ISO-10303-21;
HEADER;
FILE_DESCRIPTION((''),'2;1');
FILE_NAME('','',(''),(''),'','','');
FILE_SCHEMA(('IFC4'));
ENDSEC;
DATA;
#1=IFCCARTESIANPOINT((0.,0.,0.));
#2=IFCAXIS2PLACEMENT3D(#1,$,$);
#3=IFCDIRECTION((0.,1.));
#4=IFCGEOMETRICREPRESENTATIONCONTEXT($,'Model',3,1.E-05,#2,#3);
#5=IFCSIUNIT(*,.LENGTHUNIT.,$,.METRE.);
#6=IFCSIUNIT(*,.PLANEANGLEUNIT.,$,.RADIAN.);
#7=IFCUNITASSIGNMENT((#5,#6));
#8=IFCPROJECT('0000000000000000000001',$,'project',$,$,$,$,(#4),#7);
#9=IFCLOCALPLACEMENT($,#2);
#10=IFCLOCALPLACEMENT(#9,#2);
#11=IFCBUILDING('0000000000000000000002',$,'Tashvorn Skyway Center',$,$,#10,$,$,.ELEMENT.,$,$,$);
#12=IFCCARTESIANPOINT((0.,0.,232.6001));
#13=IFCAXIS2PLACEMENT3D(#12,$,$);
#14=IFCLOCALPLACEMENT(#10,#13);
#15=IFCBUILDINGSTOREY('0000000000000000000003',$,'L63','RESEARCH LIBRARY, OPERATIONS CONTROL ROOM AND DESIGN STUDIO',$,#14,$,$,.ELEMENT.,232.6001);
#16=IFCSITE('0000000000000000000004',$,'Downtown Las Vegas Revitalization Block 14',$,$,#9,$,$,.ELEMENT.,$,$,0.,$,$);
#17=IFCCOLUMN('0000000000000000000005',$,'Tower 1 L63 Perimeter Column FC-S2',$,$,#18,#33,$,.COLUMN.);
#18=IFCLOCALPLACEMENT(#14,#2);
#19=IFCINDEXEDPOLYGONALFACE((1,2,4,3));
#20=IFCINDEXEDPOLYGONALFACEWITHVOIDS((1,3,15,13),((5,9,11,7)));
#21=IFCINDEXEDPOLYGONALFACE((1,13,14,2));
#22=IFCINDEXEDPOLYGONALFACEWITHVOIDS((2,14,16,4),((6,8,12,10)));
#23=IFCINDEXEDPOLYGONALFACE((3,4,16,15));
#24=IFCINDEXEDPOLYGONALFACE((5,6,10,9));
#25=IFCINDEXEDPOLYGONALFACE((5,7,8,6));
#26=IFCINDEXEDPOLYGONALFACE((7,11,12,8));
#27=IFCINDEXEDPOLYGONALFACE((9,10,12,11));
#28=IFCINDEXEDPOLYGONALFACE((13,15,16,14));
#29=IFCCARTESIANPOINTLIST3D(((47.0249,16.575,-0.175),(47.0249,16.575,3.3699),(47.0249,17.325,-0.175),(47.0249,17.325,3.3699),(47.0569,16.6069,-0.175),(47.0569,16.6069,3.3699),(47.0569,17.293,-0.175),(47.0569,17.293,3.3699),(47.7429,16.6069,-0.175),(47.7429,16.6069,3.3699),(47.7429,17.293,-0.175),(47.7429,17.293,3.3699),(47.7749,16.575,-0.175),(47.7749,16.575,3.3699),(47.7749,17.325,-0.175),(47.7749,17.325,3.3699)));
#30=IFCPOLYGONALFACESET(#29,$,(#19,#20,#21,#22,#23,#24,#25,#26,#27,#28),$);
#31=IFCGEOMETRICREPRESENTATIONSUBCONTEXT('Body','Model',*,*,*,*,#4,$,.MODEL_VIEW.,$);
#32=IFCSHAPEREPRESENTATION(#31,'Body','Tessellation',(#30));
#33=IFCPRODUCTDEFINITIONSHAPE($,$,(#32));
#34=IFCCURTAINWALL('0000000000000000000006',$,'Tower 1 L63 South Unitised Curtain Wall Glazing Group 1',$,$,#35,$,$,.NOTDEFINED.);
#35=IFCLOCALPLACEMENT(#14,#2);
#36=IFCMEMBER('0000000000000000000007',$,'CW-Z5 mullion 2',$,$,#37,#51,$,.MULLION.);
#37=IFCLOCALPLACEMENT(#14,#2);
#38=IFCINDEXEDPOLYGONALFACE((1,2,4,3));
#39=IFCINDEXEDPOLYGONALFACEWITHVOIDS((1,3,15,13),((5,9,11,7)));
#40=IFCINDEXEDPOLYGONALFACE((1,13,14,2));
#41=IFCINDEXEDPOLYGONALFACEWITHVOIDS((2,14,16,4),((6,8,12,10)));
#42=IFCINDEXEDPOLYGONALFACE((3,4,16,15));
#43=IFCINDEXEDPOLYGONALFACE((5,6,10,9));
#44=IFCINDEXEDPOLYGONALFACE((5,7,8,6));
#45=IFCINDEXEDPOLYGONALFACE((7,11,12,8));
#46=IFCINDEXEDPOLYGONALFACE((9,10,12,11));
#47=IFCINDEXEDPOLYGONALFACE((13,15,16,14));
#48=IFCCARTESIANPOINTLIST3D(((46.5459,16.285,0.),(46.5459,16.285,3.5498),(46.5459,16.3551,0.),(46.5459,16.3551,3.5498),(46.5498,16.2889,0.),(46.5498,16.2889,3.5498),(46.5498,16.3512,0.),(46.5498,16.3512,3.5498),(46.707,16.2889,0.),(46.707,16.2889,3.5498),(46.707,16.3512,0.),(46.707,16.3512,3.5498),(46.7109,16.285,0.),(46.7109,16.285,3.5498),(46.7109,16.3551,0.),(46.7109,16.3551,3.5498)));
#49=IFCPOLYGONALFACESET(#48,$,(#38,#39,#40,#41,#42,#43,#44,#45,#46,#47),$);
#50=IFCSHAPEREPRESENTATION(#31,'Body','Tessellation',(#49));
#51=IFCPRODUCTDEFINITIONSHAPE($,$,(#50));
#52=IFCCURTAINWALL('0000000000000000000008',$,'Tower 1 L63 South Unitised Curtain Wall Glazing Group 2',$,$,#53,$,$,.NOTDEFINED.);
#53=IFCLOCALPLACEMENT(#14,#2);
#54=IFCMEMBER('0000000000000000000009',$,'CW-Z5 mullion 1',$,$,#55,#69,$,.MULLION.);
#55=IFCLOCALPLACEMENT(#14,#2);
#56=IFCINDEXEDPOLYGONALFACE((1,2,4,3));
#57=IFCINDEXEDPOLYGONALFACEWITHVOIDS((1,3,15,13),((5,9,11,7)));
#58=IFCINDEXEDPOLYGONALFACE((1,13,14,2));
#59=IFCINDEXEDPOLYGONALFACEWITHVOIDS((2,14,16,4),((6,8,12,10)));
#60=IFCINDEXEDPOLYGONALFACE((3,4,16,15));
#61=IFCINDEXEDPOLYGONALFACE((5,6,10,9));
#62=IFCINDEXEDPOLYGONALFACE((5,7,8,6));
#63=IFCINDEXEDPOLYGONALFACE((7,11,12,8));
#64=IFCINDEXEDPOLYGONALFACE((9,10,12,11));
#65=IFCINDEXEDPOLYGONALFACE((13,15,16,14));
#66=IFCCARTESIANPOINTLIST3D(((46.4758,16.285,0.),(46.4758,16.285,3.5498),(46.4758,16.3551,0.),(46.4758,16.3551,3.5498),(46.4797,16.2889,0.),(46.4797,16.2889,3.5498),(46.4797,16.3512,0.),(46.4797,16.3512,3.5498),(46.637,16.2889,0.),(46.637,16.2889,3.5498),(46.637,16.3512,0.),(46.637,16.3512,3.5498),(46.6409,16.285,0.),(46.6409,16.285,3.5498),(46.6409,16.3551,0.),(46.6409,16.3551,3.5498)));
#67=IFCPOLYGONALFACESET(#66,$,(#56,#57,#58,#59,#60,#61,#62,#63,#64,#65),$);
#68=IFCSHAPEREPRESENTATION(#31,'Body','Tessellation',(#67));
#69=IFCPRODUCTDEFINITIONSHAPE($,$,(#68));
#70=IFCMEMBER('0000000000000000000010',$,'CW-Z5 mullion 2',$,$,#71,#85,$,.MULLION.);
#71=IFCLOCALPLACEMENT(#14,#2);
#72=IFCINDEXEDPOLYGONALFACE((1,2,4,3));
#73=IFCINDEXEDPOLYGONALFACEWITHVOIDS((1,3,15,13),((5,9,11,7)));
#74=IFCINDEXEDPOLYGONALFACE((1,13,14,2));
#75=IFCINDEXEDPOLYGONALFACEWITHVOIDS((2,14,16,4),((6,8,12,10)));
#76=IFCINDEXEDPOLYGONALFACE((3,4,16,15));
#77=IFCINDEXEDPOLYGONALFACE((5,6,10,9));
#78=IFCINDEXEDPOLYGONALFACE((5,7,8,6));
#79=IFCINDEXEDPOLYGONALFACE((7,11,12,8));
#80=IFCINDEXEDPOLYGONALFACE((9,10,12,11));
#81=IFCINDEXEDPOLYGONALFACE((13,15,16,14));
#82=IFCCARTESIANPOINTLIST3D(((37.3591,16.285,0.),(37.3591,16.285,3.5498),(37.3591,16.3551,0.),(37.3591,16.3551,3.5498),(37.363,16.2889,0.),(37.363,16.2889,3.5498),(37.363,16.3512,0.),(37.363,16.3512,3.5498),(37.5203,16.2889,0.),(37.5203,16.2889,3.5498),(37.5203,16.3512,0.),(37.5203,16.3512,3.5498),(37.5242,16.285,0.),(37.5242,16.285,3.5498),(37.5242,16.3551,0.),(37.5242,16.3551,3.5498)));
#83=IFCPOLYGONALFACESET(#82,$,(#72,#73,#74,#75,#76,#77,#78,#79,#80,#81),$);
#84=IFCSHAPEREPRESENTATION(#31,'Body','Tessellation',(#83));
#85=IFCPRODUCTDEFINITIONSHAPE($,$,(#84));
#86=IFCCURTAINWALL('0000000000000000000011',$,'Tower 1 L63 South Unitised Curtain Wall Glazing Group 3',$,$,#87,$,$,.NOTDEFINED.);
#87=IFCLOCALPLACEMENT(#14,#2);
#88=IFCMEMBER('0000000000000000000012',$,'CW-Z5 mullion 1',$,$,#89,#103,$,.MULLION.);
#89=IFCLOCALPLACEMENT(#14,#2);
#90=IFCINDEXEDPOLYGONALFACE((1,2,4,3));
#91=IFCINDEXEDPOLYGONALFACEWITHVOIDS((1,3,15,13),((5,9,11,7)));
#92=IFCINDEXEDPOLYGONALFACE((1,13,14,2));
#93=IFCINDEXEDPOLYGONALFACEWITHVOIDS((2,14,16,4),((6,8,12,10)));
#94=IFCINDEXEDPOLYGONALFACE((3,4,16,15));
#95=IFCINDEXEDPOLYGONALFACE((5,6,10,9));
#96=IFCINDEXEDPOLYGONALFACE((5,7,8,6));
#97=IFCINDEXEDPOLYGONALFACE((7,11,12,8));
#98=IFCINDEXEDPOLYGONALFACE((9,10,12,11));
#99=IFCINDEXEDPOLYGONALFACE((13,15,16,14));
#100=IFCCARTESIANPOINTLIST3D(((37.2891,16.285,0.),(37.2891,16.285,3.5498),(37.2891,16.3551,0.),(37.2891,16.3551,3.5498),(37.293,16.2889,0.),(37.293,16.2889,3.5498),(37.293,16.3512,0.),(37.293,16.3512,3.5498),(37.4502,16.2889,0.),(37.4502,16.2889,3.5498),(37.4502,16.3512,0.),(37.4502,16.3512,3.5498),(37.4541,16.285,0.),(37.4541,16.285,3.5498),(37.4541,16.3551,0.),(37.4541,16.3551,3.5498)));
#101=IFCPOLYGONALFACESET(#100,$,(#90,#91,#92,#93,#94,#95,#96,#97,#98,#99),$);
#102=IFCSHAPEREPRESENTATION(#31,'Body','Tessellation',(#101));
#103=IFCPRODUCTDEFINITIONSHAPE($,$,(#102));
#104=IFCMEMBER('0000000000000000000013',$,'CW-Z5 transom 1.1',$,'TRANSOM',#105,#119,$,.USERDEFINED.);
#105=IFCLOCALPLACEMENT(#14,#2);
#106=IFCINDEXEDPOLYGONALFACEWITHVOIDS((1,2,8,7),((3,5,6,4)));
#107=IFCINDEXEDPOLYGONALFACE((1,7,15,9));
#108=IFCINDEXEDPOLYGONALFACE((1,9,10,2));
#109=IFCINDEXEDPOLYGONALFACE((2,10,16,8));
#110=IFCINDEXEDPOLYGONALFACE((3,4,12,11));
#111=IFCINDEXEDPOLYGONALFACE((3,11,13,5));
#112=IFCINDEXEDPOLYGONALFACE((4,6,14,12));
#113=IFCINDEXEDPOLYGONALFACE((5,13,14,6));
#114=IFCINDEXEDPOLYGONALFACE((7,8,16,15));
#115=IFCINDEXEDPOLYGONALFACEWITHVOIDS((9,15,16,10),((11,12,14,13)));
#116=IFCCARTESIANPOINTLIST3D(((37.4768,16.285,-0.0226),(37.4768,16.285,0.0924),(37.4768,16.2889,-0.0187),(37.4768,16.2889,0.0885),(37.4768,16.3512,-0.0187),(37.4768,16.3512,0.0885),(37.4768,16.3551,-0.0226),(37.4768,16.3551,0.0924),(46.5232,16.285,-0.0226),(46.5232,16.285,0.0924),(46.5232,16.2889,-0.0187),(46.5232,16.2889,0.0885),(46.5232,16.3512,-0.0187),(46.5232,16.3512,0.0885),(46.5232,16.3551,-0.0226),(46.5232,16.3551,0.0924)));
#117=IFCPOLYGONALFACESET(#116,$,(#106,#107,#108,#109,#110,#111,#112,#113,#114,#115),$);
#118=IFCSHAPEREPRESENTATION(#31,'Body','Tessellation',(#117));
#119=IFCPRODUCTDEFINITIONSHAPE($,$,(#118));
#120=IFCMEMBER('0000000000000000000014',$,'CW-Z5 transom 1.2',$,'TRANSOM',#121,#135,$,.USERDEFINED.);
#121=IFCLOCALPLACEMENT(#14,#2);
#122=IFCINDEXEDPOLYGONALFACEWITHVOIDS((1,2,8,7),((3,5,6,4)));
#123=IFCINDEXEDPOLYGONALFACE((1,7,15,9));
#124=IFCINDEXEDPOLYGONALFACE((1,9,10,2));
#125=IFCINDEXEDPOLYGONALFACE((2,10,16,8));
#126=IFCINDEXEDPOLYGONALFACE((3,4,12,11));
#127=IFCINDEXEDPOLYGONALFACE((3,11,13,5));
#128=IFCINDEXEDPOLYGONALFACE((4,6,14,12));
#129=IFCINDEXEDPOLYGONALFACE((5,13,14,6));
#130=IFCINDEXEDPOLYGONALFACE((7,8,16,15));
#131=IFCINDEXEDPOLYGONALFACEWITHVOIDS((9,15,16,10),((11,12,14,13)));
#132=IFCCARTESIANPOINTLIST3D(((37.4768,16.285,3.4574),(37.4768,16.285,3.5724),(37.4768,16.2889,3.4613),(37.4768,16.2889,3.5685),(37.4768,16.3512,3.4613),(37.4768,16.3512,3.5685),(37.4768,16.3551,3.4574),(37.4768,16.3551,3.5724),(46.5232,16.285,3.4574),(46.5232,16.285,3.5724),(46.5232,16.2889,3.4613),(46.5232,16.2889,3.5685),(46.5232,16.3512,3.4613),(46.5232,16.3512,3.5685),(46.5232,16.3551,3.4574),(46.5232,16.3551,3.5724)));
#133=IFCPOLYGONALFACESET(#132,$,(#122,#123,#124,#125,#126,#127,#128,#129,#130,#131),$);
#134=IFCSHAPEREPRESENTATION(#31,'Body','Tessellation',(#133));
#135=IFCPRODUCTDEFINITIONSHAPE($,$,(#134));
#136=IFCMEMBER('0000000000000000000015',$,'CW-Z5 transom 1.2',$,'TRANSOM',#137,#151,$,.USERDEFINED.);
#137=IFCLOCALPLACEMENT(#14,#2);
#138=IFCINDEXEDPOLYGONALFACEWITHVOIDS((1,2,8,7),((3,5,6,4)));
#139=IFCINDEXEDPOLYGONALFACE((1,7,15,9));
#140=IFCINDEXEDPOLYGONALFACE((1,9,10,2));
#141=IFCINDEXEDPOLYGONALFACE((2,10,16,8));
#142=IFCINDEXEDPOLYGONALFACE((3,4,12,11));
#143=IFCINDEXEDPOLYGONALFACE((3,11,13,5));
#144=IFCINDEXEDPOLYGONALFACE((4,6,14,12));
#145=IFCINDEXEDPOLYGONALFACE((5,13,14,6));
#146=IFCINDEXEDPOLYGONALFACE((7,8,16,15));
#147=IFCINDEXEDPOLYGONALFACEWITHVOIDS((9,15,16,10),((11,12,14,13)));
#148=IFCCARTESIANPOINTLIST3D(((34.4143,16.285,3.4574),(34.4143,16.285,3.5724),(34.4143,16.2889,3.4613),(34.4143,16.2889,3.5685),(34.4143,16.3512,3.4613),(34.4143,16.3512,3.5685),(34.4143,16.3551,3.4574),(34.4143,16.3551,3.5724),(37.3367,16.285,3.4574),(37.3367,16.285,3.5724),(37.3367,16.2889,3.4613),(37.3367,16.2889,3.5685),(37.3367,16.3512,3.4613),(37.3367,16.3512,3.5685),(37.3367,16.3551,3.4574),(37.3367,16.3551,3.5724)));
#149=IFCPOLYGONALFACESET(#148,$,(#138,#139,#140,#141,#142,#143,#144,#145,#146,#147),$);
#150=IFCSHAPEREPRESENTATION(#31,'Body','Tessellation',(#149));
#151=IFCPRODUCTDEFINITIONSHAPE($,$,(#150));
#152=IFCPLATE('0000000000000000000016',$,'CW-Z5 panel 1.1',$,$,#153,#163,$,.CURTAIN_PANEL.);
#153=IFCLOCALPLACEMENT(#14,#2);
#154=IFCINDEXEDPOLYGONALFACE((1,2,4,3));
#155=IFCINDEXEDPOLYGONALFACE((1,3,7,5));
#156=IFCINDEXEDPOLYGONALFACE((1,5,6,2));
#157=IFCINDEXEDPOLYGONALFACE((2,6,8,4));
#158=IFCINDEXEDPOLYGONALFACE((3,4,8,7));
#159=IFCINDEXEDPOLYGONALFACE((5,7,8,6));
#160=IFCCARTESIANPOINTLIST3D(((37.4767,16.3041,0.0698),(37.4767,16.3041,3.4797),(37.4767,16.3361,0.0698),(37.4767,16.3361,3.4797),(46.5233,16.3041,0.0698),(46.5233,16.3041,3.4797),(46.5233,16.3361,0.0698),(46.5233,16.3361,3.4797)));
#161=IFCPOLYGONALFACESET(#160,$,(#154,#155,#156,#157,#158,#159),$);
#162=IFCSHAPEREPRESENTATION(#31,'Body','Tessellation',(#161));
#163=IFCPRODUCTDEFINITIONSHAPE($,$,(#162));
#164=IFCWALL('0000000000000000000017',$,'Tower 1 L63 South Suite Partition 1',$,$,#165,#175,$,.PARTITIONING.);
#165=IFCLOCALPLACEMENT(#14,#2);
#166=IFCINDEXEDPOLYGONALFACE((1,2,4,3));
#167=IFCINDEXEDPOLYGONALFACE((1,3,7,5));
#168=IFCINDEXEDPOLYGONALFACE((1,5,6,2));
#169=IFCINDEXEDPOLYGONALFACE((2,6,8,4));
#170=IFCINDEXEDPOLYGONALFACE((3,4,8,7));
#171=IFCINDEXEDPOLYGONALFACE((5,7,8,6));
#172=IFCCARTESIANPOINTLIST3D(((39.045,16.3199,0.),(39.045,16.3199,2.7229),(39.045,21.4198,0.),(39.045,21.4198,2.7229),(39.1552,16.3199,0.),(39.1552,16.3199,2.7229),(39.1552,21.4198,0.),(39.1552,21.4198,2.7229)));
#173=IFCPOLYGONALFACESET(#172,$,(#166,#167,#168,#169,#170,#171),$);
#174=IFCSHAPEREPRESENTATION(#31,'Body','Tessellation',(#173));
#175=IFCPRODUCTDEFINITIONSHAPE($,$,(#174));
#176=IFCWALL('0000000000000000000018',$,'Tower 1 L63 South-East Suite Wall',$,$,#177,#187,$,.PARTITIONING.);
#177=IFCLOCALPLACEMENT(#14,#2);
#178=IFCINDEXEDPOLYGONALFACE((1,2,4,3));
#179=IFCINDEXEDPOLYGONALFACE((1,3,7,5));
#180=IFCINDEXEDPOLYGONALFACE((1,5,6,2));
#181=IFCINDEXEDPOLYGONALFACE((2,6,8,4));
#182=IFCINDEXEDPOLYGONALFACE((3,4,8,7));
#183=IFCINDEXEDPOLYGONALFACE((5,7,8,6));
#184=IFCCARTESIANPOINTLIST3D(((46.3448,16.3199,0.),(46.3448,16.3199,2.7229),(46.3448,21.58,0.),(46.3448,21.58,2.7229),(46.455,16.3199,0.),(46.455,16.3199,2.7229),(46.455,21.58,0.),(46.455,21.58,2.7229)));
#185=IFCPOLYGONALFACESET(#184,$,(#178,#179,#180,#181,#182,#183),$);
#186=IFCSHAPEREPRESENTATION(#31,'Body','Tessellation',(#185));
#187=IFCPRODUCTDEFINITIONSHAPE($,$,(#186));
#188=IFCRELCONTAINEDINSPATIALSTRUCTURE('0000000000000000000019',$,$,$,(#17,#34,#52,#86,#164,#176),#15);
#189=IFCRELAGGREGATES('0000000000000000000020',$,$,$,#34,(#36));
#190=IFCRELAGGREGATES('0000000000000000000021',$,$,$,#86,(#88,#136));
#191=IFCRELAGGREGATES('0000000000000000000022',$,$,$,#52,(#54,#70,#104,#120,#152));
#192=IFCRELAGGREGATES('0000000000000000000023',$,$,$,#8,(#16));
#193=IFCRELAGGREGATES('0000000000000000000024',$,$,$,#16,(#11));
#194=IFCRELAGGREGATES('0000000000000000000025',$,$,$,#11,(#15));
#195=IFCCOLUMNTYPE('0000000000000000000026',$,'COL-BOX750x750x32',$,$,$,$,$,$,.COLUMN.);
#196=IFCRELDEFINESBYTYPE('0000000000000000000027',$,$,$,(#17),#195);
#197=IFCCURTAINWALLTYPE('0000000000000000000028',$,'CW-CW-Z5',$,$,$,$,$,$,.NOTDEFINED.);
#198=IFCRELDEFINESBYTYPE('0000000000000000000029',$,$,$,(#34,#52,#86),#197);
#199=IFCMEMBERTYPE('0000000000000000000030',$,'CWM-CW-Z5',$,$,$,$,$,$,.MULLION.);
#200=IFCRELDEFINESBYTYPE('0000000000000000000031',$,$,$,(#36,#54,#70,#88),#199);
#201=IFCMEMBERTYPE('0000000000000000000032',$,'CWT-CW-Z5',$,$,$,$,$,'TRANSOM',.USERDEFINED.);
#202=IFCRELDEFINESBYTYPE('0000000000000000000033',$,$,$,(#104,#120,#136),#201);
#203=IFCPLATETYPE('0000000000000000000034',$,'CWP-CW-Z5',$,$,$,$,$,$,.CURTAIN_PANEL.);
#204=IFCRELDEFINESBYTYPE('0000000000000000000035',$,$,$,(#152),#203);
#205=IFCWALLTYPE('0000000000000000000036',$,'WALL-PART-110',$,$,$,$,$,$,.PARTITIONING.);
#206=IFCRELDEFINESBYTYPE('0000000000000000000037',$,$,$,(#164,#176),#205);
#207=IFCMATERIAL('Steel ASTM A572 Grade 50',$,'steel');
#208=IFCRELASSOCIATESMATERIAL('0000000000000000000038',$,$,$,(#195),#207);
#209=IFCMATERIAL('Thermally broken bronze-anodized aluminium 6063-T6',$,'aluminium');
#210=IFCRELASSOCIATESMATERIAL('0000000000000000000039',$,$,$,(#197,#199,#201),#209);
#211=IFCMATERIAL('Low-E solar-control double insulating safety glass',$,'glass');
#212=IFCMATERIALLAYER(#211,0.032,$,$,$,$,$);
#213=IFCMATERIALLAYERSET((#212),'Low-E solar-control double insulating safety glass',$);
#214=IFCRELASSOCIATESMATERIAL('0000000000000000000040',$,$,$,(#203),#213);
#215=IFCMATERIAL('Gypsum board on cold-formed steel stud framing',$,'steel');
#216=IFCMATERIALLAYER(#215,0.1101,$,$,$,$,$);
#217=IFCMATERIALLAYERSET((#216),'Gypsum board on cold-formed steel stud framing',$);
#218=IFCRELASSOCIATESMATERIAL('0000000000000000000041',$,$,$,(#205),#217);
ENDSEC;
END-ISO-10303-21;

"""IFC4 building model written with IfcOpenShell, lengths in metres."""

from ifc_helpers import new_model, si_unit, direction, frame, frame_2d, origin, origin_2d, place, context, subcontext, project, spatial, rectangle, hollow_rectangle, extrude, material, layer, layer_set, material_profile, profile_set, type_object, element, aggregate, save


model = new_model("IFC4")

# Units and contexts
model_context = context("Model", 3, precision=1e-05, world=origin(), true_north=direction((0.0, 1.0)))
body_context = subcontext(model_context, "Body", "Model", "MODEL_VIEW")
ifc_project = project(units=[si_unit("LENGTHUNIT", "METRE"), si_unit("PLANEANGLEUNIT", "RADIAN")], contexts=[model_context])

# Site, building, storey
site_placement = place(None, origin())
site = spatial("IfcSite", under=ifc_project, at=site_placement, Name="Downtown Las Vegas Revitalization Block 14", CompositionType="ELEMENT", RefElevation=0.0)
building_placement = place(site_placement, origin())
building = spatial("IfcBuilding", under=site, at=building_placement, Name="Tashvorn Skyway Center", CompositionType="ELEMENT")
storey_placement = place(building_placement, frame((0.0, 0.0, 232.6001)))
storey = spatial("IfcBuildingStorey", under=building, at=storey_placement, Name="L63", Description="RESEARCH LIBRARY, OPERATIONS CONTROL ROOM AND DESIGN STUDIO", CompositionType="ELEMENT", Elevation=232.6001)

# Column
ifc_material_1 = material(Name="Steel ASTM A572 Grade 50", Category="steel")
ifc_material_profile_1 = material_profile(ifc_material_1, hollow_rectangle(XDim=0.75, YDim=0.75, WallThickness=0.032, at=origin_2d()), Name="BOX750x750x32")
ifc_profile_set_1 = profile_set([ifc_material_profile_1], Name="Steel ASTM A572 Grade 50")
column_type = type_object("IfcColumnType", Name="COL-BOX750x750x32", PredefinedType="COLUMN", material=ifc_profile_set_1)
column_placement = place(storey_placement, frame((47.3999, 16.95, -0.175), z_axis=(0.0, 0.0, 1.0), x_axis=(1.0, 0.0, 0.0)))
element("IfcColumn", 1, at=column_placement, inside=storey, type_object=column_type, Name="Tower 1 L63 Perimeter Column FC-S2", PredefinedType="COLUMN", context=body_context, shape_type="SweptSolid", body=[
    extrude(hollow_rectangle(XDim=0.75, YDim=0.75, WallThickness=0.032, at=origin_2d()), origin(), (0.0, 0.0, 1.0), 3.5449),
])

# Curtain wall, member
ifc_material_2 = material(Name="Thermally broken bronze-anodized aluminium 6063-T6", Category="aluminium")
curtain_wall_type = type_object("IfcCurtainWallType", Name="CW-CW-Z5", PredefinedType="NOTDEFINED", material=ifc_material_2)
curtain_wall_1_placement = place(storey_placement, origin())
curtain_wall_1 = element("IfcCurtainWall", 2, at=curtain_wall_1_placement, inside=storey, type_object=curtain_wall_type, Name="Tower 1 L63 South Unitised Curtain Wall Glazing Group 1", PredefinedType="NOTDEFINED")
ifc_material_profile_2 = material_profile(ifc_material_2, hollow_rectangle(XDim=0.0701, YDim=0.165, WallThickness=0.0039, at=origin_2d()), Name="ALU-MULL-70x165")
ifc_profile_set_2 = profile_set([ifc_material_profile_2], Name="Thermally broken bronze-anodized aluminium 6063-T6")
member_type_1 = type_object("IfcMemberType", Name="CWM-CW-Z5", PredefinedType="MULLION", material=ifc_profile_set_2)
member_1_placement = place(storey_placement, frame((46.6284, 16.3201, 0.0), z_axis=(0.0, 0.0, 1.0), x_axis=(0.0, -1.0, 0.0)))
member_1 = element("IfcMember", 3, at=member_1_placement, type_object=member_type_1, Name="CW-Z5 mullion 2", PredefinedType="MULLION", context=body_context, shape_type="SweptSolid", body=[
    extrude(hollow_rectangle(XDim=0.0701, YDim=0.165, WallThickness=0.0039, at=origin_2d()), origin(), (0.0, 0.0, 1.0), 3.5498),
])
aggregate(curtain_wall_1, [member_1])

# Curtain wall, members
curtain_wall_2_placement = place(storey_placement, origin())
curtain_wall_2 = element("IfcCurtainWall", 4, at=curtain_wall_2_placement, inside=storey, type_object=curtain_wall_type, Name="Tower 1 L63 South Unitised Curtain Wall Glazing Group 2", PredefinedType="NOTDEFINED")
member_2_placement = place(storey_placement, frame((46.5583, 16.3201, 0.0), z_axis=(0.0, 0.0, 1.0), x_axis=(0.0, -1.0, 0.0)))
member_2 = element("IfcMember", 5, at=member_2_placement, type_object=member_type_1, Name="CW-Z5 mullion 1", PredefinedType="MULLION", context=body_context, shape_type="SweptSolid", body=[
    extrude(hollow_rectangle(XDim=0.0701, YDim=0.165, WallThickness=0.0039, at=origin_2d()), origin(), (0.0, 0.0, 1.0), 3.5498),
])
member_3_placement = place(storey_placement, frame((37.4417, 16.3201, 0.0), z_axis=(0.0, 0.0, 1.0), x_axis=(0.0, -1.0, 0.0)))
member_3 = element("IfcMember", 6, at=member_3_placement, type_object=member_type_1, Name="CW-Z5 mullion 2", PredefinedType="MULLION", context=body_context, shape_type="SweptSolid", body=[
    extrude(hollow_rectangle(XDim=0.0701, YDim=0.165, WallThickness=0.0039, at=origin_2d()), origin(), (0.0, 0.0, 1.0), 3.5498),
])

# Curtain wall, member
curtain_wall_3_placement = place(storey_placement, origin())
curtain_wall_3 = element("IfcCurtainWall", 7, at=curtain_wall_3_placement, inside=storey, type_object=curtain_wall_type, Name="Tower 1 L63 South Unitised Curtain Wall Glazing Group 3", PredefinedType="NOTDEFINED")
member_4_placement = place(storey_placement, frame((37.3716, 16.3201, 0.0), z_axis=(0.0, 0.0, 1.0), x_axis=(0.0, -1.0, 0.0)))
member_4 = element("IfcMember", 8, at=member_4_placement, type_object=member_type_1, Name="CW-Z5 mullion 1", PredefinedType="MULLION", context=body_context, shape_type="SweptSolid", body=[
    extrude(hollow_rectangle(XDim=0.0701, YDim=0.165, WallThickness=0.0039, at=origin_2d()), origin(), (0.0, 0.0, 1.0), 3.5498),
])

# Members
ifc_material_profile_3 = material_profile(ifc_material_2, hollow_rectangle(XDim=0.0701, YDim=0.115, WallThickness=0.0039, at=origin_2d()), Name="ALU-TRAN-70x115")
ifc_profile_set_3 = profile_set([ifc_material_profile_3], Name="Thermally broken bronze-anodized aluminium 6063-T6")
member_type_2 = type_object("IfcMemberType", Name="CWT-CW-Z5", ElementType="TRANSOM", PredefinedType="USERDEFINED", material=ifc_profile_set_3)
member_5_placement = place(storey_placement, frame((46.5232, 16.3201, 0.0349), z_axis=(-1.0, 0.0, 0.0), x_axis=(0.0, -1.0, 0.0)))
member_5 = element("IfcMember", 9, at=member_5_placement, type_object=member_type_2, Name="CW-Z5 transom 1.1", ObjectType="TRANSOM", PredefinedType="USERDEFINED", context=body_context, shape_type="SweptSolid", body=[
    extrude(hollow_rectangle(XDim=0.0701, YDim=0.115, WallThickness=0.0039, at=origin_2d()), origin(), (0.0, 0.0, 1.0), 9.0464),
])
member_6_placement = place(storey_placement, frame((46.5232, 16.3201, 3.5149), z_axis=(-1.0, 0.0, 0.0), x_axis=(0.0, -1.0, 0.0)))
member_6 = element("IfcMember", 10, at=member_6_placement, type_object=member_type_2, Name="CW-Z5 transom 1.2", ObjectType="TRANSOM", PredefinedType="USERDEFINED", context=body_context, shape_type="SweptSolid", body=[
    extrude(hollow_rectangle(XDim=0.0701, YDim=0.115, WallThickness=0.0039, at=origin_2d()), origin(), (0.0, 0.0, 1.0), 9.0464),
])
member_7_placement = place(storey_placement, frame((37.3367, 16.3201, 3.5149), z_axis=(-1.0, 0.0, 0.0), x_axis=(0.0, -1.0, 0.0)))
member_7 = element("IfcMember", 11, at=member_7_placement, type_object=member_type_2, Name="CW-Z5 transom 1.2", ObjectType="TRANSOM", PredefinedType="USERDEFINED", context=body_context, shape_type="SweptSolid", body=[
    extrude(hollow_rectangle(XDim=0.0701, YDim=0.115, WallThickness=0.0039, at=origin_2d()), origin(), (0.0, 0.0, 1.0), 2.9224),
])
aggregate(curtain_wall_3, [member_4, member_7])

# Plate
ifc_material_3 = material(Name="Low-E solar-control double insulating safety glass", Category="glass")
ifc_layer_1 = layer(ifc_material_3, 0.032)
ifc_layer_set_1 = layer_set([ifc_layer_1], Name="Low-E solar-control double insulating safety glass")
plate_type = type_object("IfcPlateType", Name="CWP-CW-Z5", PredefinedType="CURTAIN_PANEL", material=ifc_layer_set_1)
plate_placement = place(storey_placement, frame((42.0, 16.3201, 0.0698), z_axis=(0.0, 0.0, 1.0), x_axis=(-1.0, 0.0, 0.0)))
plate = element("IfcPlate", 12, at=plate_placement, type_object=plate_type, Name="CW-Z5 panel 1.1", PredefinedType="CURTAIN_PANEL", context=body_context, shape_type="SweptSolid", body=[
    extrude(rectangle(XDim=9.0466, YDim=0.032, at=origin_2d()), origin(), (0.0, 0.0, 1.0), 3.4099),
])
aggregate(curtain_wall_2, [member_2, member_3, member_5, member_6, plate])

# Walls
ifc_material_4 = material(Name="Gypsum board on cold-formed steel stud framing", Category="steel")
ifc_layer_2 = layer(ifc_material_4, 0.1101)
ifc_layer_set_2 = layer_set([ifc_layer_2], Name="Gypsum board on cold-formed steel stud framing")
wall_type_1 = type_object("IfcWallType", Name="WALL-PART-110", PredefinedType="PARTITIONING", material=ifc_layer_set_2)
wall_1_placement = place(storey_placement, frame((39.1001, 16.3201, 0.0), z_axis=(0.0, 0.0, 1.0), x_axis=(0.0, 1.0, 0.0)))
element("IfcWall", 13, at=wall_1_placement, inside=storey, type_object=wall_type_1, Name="Tower 1 L63 South Suite Partition 1", PredefinedType="PARTITIONING", context=body_context, shape_type="SweptSolid", body=[
    extrude(rectangle(XDim=5.0999, YDim=0.1101, at=frame_2d((2.5498, 0.0))), origin(), (0.0, 0.0, 1.0), 2.7229),
])
wall_2_placement = place(storey_placement, frame((46.3999, 16.3201, 0.0), z_axis=(0.0, 0.0, 1.0), x_axis=(0.0, 1.0, 0.0)))
element("IfcWall", 14, at=wall_2_placement, inside=storey, type_object=wall_type_1, Name="Tower 1 L63 South-East Suite Wall", PredefinedType="PARTITIONING", context=body_context, shape_type="SweptSolid", body=[
    extrude(rectangle(XDim=5.26, YDim=0.1101, at=frame_2d((2.6299, 0.0))), origin(), (0.0, 0.0, 1.0), 2.7229),
])

save(model, "model.ifc")
